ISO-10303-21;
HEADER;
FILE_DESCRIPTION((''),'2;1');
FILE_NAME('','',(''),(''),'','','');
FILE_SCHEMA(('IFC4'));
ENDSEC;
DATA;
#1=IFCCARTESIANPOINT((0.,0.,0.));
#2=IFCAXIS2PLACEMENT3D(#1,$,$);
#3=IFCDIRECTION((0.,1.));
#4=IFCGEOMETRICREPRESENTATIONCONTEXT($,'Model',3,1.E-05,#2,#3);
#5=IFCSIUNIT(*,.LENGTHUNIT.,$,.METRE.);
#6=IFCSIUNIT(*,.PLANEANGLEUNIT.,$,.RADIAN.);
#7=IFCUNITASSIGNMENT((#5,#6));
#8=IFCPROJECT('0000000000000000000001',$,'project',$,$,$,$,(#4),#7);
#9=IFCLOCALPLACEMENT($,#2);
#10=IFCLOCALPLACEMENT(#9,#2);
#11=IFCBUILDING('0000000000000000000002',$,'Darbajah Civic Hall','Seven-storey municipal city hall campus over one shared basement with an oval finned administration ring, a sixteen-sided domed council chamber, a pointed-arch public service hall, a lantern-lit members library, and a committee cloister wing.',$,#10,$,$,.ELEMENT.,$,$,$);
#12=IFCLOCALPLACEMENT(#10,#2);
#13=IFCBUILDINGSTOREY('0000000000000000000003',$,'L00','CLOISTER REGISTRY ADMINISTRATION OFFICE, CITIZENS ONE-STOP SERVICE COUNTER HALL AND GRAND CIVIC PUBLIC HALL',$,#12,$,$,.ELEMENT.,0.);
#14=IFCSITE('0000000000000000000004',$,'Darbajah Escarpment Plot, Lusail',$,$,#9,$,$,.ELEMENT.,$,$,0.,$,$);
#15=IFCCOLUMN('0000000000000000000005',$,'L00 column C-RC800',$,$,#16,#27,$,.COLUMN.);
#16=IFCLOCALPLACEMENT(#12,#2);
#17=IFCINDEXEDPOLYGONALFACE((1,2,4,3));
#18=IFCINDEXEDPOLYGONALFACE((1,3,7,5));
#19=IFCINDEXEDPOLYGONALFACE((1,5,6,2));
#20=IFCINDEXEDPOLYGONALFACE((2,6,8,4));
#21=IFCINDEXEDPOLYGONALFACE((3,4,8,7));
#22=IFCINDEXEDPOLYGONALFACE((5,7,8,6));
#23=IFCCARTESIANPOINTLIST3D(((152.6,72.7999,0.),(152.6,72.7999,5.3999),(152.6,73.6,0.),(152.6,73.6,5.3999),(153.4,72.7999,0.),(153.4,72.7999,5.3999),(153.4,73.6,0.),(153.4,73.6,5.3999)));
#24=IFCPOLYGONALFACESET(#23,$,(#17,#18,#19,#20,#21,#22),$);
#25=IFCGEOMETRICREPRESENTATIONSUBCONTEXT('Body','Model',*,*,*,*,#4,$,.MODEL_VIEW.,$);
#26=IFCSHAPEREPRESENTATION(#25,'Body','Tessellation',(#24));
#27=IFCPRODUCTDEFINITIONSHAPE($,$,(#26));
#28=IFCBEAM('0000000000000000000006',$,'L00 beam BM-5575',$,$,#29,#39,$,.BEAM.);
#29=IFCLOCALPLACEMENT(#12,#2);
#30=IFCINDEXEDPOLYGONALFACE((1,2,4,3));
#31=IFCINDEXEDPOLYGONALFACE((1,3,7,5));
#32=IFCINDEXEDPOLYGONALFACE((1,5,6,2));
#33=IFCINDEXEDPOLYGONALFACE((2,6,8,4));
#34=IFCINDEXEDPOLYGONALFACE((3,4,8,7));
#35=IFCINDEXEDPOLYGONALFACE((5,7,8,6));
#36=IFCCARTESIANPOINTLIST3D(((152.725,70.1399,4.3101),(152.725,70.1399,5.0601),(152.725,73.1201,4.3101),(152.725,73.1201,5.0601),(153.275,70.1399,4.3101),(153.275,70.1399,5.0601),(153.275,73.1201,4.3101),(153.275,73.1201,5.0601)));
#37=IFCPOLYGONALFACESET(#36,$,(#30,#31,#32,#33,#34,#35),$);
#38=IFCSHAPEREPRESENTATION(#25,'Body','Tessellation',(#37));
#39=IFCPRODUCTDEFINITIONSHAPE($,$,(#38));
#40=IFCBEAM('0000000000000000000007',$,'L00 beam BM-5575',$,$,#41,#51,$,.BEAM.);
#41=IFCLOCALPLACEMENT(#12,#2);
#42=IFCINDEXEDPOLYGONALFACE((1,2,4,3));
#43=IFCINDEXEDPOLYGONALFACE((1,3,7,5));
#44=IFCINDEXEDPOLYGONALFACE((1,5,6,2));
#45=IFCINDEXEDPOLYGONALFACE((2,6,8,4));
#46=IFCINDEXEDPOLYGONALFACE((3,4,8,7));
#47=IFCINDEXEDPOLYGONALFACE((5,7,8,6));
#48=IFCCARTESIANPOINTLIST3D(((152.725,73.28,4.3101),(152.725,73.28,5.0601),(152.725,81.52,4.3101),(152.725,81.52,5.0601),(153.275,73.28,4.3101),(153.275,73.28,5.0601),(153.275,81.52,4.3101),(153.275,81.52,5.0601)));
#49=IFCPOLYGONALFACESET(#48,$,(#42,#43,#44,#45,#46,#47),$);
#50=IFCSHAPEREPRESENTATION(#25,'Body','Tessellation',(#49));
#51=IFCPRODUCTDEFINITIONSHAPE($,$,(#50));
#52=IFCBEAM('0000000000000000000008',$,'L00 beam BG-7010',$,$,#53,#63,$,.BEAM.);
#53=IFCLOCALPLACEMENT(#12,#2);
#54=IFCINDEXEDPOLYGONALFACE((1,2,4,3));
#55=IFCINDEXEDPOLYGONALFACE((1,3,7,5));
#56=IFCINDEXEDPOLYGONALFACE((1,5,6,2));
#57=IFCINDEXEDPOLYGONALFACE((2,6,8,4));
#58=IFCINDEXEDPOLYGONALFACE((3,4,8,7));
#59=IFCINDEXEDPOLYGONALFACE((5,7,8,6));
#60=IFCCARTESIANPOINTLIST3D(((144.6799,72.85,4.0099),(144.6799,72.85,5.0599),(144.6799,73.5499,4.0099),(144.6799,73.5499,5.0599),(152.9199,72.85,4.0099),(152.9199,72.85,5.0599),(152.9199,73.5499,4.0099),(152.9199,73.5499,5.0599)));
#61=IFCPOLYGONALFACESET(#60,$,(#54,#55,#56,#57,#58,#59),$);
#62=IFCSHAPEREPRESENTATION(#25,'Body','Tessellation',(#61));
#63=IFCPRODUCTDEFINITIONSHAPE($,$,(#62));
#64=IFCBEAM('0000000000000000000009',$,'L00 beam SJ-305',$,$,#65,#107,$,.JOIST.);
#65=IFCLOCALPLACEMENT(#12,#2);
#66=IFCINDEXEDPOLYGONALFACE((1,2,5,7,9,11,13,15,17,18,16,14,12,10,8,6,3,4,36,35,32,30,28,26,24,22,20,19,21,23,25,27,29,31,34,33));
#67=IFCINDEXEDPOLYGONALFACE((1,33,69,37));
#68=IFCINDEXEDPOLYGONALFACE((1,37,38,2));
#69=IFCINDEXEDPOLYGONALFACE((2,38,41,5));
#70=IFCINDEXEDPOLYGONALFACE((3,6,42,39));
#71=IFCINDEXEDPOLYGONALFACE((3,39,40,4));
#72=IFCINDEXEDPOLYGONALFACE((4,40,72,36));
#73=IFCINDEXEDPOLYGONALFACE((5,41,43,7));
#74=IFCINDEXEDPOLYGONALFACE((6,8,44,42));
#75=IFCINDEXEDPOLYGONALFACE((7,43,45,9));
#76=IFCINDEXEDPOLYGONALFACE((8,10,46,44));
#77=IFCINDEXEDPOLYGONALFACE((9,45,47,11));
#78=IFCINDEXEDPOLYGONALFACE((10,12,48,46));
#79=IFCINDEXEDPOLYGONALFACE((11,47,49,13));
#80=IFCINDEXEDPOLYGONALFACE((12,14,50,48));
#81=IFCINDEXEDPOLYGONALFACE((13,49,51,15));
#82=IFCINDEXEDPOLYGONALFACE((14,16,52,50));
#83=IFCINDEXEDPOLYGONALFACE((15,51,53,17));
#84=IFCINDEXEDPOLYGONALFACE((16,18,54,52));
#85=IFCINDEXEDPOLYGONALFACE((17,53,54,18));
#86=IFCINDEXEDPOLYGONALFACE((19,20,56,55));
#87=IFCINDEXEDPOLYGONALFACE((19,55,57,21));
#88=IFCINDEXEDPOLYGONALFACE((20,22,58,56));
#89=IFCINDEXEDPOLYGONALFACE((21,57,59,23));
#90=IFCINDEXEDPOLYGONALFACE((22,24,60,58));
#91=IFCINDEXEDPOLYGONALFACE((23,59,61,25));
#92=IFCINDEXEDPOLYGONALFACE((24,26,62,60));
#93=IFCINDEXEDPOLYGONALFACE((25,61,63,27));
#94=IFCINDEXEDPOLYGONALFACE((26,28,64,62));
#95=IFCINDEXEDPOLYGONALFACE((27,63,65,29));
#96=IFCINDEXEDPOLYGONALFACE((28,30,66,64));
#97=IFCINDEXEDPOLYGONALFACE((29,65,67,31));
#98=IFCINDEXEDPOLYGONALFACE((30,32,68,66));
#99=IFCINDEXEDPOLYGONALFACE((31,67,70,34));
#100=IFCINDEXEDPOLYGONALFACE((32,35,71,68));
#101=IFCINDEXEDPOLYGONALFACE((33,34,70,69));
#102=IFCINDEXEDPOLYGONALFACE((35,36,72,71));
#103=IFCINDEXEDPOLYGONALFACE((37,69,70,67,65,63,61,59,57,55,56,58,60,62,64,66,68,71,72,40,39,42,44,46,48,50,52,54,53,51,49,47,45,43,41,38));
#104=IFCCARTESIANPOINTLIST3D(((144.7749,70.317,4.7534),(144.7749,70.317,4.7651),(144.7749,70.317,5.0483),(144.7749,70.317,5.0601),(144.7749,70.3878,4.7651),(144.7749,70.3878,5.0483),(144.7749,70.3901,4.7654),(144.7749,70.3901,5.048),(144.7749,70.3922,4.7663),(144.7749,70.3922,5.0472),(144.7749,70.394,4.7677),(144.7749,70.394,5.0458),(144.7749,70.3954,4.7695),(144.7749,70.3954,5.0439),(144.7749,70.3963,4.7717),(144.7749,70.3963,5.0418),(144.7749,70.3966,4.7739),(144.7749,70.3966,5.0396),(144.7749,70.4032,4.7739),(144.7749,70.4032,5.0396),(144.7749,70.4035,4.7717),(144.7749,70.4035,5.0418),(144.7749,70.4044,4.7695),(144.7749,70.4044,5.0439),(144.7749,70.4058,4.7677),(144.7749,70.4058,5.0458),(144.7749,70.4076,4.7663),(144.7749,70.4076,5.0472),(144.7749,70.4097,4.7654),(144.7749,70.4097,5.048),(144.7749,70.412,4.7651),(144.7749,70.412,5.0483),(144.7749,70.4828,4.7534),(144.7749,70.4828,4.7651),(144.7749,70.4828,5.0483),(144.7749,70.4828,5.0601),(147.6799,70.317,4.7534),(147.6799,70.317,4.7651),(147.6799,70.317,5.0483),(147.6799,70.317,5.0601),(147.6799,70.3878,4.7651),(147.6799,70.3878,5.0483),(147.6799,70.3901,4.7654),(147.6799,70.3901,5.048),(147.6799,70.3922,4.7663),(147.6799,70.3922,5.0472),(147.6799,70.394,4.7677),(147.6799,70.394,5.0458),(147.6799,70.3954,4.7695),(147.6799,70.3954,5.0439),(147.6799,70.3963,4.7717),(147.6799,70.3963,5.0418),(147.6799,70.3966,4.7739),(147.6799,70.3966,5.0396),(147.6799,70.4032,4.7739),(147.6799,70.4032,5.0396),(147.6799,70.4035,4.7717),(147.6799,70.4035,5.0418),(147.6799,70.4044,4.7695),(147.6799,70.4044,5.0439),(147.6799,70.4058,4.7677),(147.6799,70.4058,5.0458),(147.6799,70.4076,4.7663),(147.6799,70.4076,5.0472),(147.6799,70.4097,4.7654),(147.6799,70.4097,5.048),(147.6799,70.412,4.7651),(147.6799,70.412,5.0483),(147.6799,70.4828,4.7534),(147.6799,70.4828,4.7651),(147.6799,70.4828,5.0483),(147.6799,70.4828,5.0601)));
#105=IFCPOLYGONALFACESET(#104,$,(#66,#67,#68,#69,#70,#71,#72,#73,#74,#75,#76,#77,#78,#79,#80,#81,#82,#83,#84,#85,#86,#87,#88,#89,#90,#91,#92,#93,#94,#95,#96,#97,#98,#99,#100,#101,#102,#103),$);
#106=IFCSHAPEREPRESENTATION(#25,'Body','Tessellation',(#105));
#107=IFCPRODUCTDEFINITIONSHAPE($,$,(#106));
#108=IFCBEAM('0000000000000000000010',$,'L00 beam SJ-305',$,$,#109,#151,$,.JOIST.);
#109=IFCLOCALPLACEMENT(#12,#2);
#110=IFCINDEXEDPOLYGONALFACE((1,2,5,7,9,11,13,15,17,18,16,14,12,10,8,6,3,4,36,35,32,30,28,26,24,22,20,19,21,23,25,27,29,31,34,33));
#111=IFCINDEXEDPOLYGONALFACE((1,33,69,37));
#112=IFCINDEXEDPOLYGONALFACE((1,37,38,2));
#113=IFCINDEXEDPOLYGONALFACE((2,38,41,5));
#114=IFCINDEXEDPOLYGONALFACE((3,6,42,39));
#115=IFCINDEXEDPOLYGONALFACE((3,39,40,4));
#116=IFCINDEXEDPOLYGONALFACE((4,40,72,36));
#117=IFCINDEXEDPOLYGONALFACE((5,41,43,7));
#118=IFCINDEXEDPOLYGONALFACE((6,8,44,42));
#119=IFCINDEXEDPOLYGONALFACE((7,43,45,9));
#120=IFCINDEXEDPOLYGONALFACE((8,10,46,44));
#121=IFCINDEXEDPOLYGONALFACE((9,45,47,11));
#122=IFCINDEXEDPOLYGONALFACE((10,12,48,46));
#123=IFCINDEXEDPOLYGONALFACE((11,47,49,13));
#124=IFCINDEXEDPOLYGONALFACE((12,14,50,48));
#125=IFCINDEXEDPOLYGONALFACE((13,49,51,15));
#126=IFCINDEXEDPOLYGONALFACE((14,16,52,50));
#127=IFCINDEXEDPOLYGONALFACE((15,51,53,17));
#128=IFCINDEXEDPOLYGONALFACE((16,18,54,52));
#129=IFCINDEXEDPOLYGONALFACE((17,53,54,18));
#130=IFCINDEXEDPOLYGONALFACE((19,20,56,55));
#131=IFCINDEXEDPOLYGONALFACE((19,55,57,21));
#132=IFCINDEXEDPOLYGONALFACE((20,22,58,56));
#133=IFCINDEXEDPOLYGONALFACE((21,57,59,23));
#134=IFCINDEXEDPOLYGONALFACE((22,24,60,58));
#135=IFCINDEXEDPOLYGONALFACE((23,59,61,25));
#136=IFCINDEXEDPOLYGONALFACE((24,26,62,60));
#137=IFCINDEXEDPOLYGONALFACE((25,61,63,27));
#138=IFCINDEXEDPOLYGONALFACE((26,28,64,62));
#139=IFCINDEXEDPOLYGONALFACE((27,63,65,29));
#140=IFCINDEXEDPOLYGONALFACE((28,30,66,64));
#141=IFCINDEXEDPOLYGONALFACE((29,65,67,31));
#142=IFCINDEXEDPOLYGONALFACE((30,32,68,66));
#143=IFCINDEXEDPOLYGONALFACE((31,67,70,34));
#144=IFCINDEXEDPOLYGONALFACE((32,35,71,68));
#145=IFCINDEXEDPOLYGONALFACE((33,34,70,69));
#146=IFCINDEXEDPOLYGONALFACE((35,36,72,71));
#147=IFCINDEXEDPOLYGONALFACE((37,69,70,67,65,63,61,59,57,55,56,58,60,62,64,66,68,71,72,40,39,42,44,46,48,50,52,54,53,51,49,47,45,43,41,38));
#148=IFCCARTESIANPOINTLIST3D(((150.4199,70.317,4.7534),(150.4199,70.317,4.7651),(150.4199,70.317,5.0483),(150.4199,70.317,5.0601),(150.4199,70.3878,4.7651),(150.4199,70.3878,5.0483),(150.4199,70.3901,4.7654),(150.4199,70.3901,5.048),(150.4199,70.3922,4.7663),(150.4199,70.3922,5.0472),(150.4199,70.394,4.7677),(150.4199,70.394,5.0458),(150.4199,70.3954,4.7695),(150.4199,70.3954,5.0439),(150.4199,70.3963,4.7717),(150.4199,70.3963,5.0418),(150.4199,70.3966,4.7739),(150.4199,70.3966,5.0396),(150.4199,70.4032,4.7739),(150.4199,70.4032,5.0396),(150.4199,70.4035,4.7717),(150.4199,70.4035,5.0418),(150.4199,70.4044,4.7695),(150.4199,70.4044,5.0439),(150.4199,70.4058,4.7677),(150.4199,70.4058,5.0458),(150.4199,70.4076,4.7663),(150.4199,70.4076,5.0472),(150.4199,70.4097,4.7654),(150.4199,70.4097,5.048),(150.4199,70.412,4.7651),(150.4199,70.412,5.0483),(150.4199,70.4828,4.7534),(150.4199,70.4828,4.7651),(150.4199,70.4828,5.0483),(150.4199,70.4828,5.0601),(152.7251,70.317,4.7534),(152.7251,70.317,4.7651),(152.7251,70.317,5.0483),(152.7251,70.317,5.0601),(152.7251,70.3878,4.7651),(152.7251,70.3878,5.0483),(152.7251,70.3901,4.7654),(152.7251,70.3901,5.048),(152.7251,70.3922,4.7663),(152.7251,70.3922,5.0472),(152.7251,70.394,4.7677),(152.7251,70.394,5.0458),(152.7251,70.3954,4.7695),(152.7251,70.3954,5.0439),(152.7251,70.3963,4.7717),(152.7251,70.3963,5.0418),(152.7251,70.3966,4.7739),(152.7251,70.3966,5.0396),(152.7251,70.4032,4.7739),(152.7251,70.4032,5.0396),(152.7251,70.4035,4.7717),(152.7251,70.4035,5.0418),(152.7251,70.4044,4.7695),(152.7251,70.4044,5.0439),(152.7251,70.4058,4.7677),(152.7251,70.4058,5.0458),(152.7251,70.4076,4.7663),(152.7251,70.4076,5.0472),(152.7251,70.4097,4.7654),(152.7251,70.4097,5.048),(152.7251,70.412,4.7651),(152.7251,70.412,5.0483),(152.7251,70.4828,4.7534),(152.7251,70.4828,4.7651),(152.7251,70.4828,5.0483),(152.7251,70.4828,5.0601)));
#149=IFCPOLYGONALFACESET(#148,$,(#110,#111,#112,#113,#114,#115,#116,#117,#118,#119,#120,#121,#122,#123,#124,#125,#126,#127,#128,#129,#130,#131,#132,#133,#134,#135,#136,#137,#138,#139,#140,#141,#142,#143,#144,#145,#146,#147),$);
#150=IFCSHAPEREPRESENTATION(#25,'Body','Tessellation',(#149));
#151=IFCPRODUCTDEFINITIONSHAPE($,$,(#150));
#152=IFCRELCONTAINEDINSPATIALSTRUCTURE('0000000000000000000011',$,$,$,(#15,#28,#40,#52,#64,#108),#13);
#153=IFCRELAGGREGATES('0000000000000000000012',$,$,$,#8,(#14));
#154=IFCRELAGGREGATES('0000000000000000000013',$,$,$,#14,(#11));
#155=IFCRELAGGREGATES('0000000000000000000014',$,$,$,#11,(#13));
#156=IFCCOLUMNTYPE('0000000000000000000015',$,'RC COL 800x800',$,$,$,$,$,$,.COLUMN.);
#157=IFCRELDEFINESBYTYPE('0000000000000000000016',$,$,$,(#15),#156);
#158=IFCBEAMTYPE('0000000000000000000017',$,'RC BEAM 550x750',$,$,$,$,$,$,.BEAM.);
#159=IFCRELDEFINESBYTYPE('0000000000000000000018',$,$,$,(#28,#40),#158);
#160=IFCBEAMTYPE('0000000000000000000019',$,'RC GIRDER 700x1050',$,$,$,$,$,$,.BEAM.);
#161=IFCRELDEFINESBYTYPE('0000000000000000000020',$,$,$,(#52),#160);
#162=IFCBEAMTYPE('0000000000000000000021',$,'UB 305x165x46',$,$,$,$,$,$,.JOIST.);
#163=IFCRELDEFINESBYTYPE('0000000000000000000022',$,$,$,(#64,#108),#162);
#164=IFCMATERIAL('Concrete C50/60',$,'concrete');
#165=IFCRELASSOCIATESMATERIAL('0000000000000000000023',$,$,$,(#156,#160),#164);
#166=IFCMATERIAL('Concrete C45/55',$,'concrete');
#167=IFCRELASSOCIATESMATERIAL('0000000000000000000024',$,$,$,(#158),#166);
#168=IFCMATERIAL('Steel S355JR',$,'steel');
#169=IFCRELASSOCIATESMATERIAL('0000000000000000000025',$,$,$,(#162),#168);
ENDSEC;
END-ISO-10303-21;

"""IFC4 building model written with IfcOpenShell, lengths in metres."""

from ifc_helpers import new_model, si_unit, direction, frame, origin, origin_2d, place, context, subcontext, project, spatial, rectangle, i_section, extrude, material, material_profile, profile_set, type_object, element, save


model = new_model("IFC4")

# Units and contexts
model_context = context("Model", 3, precision=1e-05, world=origin(), true_north=direction((0.0, 1.0)))
body_context = subcontext(model_context, "Body", "Model", "MODEL_VIEW")
ifc_project = project(units=[si_unit("LENGTHUNIT", "METRE"), si_unit("PLANEANGLEUNIT", "RADIAN")], contexts=[model_context])

# Site, building, storey
site_placement = place(None, origin())
site = spatial("IfcSite", under=ifc_project, at=site_placement, Name="Darbajah Escarpment Plot, Lusail", CompositionType="ELEMENT", RefElevation=0.0)
building_placement = place(site_placement, origin())
building = spatial("IfcBuilding", under=site, at=building_placement, Name="Darbajah Civic Hall", Description="Seven-storey municipal city hall campus over one shared basement with an oval finned administration ring, a sixteen-sided domed council chamber, a pointed-arch public service hall, a lantern-lit members library, and a committee cloister wing.", CompositionType="ELEMENT")
storey_placement = place(building_placement, origin())
storey = spatial("IfcBuildingStorey", under=building, at=storey_placement, Name="L00", Description="CLOISTER REGISTRY ADMINISTRATION OFFICE, CITIZENS ONE-STOP SERVICE COUNTER HALL AND GRAND CIVIC PUBLIC HALL", CompositionType="ELEMENT", Elevation=0.0)

# Column
ifc_material_1 = material(Name="Concrete C50/60", Category="concrete")
ifc_material_profile_1 = material_profile(ifc_material_1, rectangle(XDim=0.8, YDim=0.8, at=origin_2d()), Name="RC COL 800x800")
ifc_profile_set_1 = profile_set([ifc_material_profile_1], Name="Concrete C50/60")
column_type = type_object("IfcColumnType", Name="RC COL 800x800", PredefinedType="COLUMN", material=ifc_profile_set_1)
column_placement = place(storey_placement, frame((153.0, 73.2, 0.0), z_axis=(0.0, 0.0, 1.0), x_axis=(1.0, 0.0, 0.0)))
element("IfcColumn", 1, at=column_placement, inside=storey, type_object=column_type, Name="L00 column C-RC800", PredefinedType="COLUMN", context=body_context, shape_type="SweptSolid", body=[
    extrude(rectangle(XDim=0.8, YDim=0.8, at=origin_2d()), origin(), (0.0, 0.0, 1.0), 5.3999),
])

# Beams
ifc_material_2 = material(Name="Concrete C45/55", Category="concrete")
ifc_material_profile_2 = material_profile(ifc_material_2, rectangle(XDim=0.55, YDim=0.75, at=origin_2d()), Name="RC BEAM 550x750")
ifc_profile_set_2 = profile_set([ifc_material_profile_2], Name="Concrete C45/55")
beam_type_1 = type_object("IfcBeamType", Name="RC BEAM 550x750", PredefinedType="BEAM", material=ifc_profile_set_2)
beam_1_placement = place(storey_placement, frame((153.0, 70.1399, 4.6851), z_axis=(0.0, 1.0, 0.0), x_axis=(-1.0, 0.0, 0.0)))
element("IfcBeam", 2, at=beam_1_placement, inside=storey, type_object=beam_type_1, Name="L00 beam BM-5575", PredefinedType="BEAM", context=body_context, shape_type="SweptSolid", body=[
    extrude(rectangle(XDim=0.55, YDim=0.75, at=origin_2d()), origin(), (0.0, 0.0, 1.0), 2.9802),
])
beam_2_placement = place(storey_placement, frame((153.0, 73.28, 4.6851), z_axis=(0.0, 1.0, 0.0), x_axis=(-1.0, 0.0, 0.0)))
element("IfcBeam", 3, at=beam_2_placement, inside=storey, type_object=beam_type_1, Name="L00 beam BM-5575", PredefinedType="BEAM", context=body_context, shape_type="SweptSolid", body=[
    extrude(rectangle(XDim=0.55, YDim=0.75, at=origin_2d()), origin(), (0.0, 0.0, 1.0), 8.24),
])
ifc_material_profile_3 = material_profile(ifc_material_1, rectangle(XDim=0.7, YDim=1.05, at=origin_2d()), Name="RC GIRDER 700x1050")
ifc_profile_set_3 = profile_set([ifc_material_profile_3], Name="Concrete C50/60")
beam_type_2 = type_object("IfcBeamType", Name="RC GIRDER 700x1050", PredefinedType="BEAM", material=ifc_profile_set_3)
beam_3_placement = place(storey_placement, frame((144.6799, 73.2, 4.5349), z_axis=(1.0, 0.0, 0.0), x_axis=(0.0, 1.0, 0.0)))
element("IfcBeam", 4, at=beam_3_placement, inside=storey, type_object=beam_type_2, Name="L00 beam BG-7010", PredefinedType="BEAM", context=body_context, shape_type="SweptSolid", body=[
    extrude(rectangle(XDim=0.7, YDim=1.05, at=origin_2d()), origin(), (0.0, 0.0, 1.0), 8.24),
])
ifc_material_3 = material(Name="Steel S355JR", Category="steel")
ifc_material_profile_4 = material_profile(ifc_material_3, i_section(OverallWidth=0.1658, OverallDepth=0.3066, WebThickness=0.0066, FlangeThickness=0.0117, FilletRadius=0.0088, at=origin_2d()), Name="UB 305x165x46")
ifc_profile_set_4 = profile_set([ifc_material_profile_4], Name="Steel S355JR")
beam_type_3 = type_object("IfcBeamType", Name="UB 305x165x46", PredefinedType="JOIST", material=ifc_profile_set_4)
beam_4_placement = place(storey_placement, frame((144.7749, 70.3999, 4.9067), z_axis=(1.0, 0.0, 0.0), x_axis=(0.0, 1.0, 0.0)))
element("IfcBeam", 5, at=beam_4_placement, inside=storey, type_object=beam_type_3, Name="L00 beam SJ-305", PredefinedType="JOIST", context=body_context, shape_type="SweptSolid", body=[
    extrude(i_section(OverallWidth=0.1658, OverallDepth=0.3066, WebThickness=0.0066, FlangeThickness=0.0117, FilletRadius=0.0088, at=origin_2d()), origin(), (0.0, 0.0, 1.0), 2.905),
])
beam_5_placement = place(storey_placement, frame((150.4199, 70.3999, 4.9067), z_axis=(1.0, 0.0, 0.0), x_axis=(0.0, 1.0, 0.0)))
element("IfcBeam", 6, at=beam_5_placement, inside=storey, type_object=beam_type_3, Name="L00 beam SJ-305", PredefinedType="JOIST", context=body_context, shape_type="SweptSolid", body=[
    extrude(i_section(OverallWidth=0.1658, OverallDepth=0.3066, WebThickness=0.0066, FlangeThickness=0.0117, FilletRadius=0.0088, at=origin_2d()), origin(), (0.0, 0.0, 1.0), 2.3052),
])

save(model, "model.ifc")
